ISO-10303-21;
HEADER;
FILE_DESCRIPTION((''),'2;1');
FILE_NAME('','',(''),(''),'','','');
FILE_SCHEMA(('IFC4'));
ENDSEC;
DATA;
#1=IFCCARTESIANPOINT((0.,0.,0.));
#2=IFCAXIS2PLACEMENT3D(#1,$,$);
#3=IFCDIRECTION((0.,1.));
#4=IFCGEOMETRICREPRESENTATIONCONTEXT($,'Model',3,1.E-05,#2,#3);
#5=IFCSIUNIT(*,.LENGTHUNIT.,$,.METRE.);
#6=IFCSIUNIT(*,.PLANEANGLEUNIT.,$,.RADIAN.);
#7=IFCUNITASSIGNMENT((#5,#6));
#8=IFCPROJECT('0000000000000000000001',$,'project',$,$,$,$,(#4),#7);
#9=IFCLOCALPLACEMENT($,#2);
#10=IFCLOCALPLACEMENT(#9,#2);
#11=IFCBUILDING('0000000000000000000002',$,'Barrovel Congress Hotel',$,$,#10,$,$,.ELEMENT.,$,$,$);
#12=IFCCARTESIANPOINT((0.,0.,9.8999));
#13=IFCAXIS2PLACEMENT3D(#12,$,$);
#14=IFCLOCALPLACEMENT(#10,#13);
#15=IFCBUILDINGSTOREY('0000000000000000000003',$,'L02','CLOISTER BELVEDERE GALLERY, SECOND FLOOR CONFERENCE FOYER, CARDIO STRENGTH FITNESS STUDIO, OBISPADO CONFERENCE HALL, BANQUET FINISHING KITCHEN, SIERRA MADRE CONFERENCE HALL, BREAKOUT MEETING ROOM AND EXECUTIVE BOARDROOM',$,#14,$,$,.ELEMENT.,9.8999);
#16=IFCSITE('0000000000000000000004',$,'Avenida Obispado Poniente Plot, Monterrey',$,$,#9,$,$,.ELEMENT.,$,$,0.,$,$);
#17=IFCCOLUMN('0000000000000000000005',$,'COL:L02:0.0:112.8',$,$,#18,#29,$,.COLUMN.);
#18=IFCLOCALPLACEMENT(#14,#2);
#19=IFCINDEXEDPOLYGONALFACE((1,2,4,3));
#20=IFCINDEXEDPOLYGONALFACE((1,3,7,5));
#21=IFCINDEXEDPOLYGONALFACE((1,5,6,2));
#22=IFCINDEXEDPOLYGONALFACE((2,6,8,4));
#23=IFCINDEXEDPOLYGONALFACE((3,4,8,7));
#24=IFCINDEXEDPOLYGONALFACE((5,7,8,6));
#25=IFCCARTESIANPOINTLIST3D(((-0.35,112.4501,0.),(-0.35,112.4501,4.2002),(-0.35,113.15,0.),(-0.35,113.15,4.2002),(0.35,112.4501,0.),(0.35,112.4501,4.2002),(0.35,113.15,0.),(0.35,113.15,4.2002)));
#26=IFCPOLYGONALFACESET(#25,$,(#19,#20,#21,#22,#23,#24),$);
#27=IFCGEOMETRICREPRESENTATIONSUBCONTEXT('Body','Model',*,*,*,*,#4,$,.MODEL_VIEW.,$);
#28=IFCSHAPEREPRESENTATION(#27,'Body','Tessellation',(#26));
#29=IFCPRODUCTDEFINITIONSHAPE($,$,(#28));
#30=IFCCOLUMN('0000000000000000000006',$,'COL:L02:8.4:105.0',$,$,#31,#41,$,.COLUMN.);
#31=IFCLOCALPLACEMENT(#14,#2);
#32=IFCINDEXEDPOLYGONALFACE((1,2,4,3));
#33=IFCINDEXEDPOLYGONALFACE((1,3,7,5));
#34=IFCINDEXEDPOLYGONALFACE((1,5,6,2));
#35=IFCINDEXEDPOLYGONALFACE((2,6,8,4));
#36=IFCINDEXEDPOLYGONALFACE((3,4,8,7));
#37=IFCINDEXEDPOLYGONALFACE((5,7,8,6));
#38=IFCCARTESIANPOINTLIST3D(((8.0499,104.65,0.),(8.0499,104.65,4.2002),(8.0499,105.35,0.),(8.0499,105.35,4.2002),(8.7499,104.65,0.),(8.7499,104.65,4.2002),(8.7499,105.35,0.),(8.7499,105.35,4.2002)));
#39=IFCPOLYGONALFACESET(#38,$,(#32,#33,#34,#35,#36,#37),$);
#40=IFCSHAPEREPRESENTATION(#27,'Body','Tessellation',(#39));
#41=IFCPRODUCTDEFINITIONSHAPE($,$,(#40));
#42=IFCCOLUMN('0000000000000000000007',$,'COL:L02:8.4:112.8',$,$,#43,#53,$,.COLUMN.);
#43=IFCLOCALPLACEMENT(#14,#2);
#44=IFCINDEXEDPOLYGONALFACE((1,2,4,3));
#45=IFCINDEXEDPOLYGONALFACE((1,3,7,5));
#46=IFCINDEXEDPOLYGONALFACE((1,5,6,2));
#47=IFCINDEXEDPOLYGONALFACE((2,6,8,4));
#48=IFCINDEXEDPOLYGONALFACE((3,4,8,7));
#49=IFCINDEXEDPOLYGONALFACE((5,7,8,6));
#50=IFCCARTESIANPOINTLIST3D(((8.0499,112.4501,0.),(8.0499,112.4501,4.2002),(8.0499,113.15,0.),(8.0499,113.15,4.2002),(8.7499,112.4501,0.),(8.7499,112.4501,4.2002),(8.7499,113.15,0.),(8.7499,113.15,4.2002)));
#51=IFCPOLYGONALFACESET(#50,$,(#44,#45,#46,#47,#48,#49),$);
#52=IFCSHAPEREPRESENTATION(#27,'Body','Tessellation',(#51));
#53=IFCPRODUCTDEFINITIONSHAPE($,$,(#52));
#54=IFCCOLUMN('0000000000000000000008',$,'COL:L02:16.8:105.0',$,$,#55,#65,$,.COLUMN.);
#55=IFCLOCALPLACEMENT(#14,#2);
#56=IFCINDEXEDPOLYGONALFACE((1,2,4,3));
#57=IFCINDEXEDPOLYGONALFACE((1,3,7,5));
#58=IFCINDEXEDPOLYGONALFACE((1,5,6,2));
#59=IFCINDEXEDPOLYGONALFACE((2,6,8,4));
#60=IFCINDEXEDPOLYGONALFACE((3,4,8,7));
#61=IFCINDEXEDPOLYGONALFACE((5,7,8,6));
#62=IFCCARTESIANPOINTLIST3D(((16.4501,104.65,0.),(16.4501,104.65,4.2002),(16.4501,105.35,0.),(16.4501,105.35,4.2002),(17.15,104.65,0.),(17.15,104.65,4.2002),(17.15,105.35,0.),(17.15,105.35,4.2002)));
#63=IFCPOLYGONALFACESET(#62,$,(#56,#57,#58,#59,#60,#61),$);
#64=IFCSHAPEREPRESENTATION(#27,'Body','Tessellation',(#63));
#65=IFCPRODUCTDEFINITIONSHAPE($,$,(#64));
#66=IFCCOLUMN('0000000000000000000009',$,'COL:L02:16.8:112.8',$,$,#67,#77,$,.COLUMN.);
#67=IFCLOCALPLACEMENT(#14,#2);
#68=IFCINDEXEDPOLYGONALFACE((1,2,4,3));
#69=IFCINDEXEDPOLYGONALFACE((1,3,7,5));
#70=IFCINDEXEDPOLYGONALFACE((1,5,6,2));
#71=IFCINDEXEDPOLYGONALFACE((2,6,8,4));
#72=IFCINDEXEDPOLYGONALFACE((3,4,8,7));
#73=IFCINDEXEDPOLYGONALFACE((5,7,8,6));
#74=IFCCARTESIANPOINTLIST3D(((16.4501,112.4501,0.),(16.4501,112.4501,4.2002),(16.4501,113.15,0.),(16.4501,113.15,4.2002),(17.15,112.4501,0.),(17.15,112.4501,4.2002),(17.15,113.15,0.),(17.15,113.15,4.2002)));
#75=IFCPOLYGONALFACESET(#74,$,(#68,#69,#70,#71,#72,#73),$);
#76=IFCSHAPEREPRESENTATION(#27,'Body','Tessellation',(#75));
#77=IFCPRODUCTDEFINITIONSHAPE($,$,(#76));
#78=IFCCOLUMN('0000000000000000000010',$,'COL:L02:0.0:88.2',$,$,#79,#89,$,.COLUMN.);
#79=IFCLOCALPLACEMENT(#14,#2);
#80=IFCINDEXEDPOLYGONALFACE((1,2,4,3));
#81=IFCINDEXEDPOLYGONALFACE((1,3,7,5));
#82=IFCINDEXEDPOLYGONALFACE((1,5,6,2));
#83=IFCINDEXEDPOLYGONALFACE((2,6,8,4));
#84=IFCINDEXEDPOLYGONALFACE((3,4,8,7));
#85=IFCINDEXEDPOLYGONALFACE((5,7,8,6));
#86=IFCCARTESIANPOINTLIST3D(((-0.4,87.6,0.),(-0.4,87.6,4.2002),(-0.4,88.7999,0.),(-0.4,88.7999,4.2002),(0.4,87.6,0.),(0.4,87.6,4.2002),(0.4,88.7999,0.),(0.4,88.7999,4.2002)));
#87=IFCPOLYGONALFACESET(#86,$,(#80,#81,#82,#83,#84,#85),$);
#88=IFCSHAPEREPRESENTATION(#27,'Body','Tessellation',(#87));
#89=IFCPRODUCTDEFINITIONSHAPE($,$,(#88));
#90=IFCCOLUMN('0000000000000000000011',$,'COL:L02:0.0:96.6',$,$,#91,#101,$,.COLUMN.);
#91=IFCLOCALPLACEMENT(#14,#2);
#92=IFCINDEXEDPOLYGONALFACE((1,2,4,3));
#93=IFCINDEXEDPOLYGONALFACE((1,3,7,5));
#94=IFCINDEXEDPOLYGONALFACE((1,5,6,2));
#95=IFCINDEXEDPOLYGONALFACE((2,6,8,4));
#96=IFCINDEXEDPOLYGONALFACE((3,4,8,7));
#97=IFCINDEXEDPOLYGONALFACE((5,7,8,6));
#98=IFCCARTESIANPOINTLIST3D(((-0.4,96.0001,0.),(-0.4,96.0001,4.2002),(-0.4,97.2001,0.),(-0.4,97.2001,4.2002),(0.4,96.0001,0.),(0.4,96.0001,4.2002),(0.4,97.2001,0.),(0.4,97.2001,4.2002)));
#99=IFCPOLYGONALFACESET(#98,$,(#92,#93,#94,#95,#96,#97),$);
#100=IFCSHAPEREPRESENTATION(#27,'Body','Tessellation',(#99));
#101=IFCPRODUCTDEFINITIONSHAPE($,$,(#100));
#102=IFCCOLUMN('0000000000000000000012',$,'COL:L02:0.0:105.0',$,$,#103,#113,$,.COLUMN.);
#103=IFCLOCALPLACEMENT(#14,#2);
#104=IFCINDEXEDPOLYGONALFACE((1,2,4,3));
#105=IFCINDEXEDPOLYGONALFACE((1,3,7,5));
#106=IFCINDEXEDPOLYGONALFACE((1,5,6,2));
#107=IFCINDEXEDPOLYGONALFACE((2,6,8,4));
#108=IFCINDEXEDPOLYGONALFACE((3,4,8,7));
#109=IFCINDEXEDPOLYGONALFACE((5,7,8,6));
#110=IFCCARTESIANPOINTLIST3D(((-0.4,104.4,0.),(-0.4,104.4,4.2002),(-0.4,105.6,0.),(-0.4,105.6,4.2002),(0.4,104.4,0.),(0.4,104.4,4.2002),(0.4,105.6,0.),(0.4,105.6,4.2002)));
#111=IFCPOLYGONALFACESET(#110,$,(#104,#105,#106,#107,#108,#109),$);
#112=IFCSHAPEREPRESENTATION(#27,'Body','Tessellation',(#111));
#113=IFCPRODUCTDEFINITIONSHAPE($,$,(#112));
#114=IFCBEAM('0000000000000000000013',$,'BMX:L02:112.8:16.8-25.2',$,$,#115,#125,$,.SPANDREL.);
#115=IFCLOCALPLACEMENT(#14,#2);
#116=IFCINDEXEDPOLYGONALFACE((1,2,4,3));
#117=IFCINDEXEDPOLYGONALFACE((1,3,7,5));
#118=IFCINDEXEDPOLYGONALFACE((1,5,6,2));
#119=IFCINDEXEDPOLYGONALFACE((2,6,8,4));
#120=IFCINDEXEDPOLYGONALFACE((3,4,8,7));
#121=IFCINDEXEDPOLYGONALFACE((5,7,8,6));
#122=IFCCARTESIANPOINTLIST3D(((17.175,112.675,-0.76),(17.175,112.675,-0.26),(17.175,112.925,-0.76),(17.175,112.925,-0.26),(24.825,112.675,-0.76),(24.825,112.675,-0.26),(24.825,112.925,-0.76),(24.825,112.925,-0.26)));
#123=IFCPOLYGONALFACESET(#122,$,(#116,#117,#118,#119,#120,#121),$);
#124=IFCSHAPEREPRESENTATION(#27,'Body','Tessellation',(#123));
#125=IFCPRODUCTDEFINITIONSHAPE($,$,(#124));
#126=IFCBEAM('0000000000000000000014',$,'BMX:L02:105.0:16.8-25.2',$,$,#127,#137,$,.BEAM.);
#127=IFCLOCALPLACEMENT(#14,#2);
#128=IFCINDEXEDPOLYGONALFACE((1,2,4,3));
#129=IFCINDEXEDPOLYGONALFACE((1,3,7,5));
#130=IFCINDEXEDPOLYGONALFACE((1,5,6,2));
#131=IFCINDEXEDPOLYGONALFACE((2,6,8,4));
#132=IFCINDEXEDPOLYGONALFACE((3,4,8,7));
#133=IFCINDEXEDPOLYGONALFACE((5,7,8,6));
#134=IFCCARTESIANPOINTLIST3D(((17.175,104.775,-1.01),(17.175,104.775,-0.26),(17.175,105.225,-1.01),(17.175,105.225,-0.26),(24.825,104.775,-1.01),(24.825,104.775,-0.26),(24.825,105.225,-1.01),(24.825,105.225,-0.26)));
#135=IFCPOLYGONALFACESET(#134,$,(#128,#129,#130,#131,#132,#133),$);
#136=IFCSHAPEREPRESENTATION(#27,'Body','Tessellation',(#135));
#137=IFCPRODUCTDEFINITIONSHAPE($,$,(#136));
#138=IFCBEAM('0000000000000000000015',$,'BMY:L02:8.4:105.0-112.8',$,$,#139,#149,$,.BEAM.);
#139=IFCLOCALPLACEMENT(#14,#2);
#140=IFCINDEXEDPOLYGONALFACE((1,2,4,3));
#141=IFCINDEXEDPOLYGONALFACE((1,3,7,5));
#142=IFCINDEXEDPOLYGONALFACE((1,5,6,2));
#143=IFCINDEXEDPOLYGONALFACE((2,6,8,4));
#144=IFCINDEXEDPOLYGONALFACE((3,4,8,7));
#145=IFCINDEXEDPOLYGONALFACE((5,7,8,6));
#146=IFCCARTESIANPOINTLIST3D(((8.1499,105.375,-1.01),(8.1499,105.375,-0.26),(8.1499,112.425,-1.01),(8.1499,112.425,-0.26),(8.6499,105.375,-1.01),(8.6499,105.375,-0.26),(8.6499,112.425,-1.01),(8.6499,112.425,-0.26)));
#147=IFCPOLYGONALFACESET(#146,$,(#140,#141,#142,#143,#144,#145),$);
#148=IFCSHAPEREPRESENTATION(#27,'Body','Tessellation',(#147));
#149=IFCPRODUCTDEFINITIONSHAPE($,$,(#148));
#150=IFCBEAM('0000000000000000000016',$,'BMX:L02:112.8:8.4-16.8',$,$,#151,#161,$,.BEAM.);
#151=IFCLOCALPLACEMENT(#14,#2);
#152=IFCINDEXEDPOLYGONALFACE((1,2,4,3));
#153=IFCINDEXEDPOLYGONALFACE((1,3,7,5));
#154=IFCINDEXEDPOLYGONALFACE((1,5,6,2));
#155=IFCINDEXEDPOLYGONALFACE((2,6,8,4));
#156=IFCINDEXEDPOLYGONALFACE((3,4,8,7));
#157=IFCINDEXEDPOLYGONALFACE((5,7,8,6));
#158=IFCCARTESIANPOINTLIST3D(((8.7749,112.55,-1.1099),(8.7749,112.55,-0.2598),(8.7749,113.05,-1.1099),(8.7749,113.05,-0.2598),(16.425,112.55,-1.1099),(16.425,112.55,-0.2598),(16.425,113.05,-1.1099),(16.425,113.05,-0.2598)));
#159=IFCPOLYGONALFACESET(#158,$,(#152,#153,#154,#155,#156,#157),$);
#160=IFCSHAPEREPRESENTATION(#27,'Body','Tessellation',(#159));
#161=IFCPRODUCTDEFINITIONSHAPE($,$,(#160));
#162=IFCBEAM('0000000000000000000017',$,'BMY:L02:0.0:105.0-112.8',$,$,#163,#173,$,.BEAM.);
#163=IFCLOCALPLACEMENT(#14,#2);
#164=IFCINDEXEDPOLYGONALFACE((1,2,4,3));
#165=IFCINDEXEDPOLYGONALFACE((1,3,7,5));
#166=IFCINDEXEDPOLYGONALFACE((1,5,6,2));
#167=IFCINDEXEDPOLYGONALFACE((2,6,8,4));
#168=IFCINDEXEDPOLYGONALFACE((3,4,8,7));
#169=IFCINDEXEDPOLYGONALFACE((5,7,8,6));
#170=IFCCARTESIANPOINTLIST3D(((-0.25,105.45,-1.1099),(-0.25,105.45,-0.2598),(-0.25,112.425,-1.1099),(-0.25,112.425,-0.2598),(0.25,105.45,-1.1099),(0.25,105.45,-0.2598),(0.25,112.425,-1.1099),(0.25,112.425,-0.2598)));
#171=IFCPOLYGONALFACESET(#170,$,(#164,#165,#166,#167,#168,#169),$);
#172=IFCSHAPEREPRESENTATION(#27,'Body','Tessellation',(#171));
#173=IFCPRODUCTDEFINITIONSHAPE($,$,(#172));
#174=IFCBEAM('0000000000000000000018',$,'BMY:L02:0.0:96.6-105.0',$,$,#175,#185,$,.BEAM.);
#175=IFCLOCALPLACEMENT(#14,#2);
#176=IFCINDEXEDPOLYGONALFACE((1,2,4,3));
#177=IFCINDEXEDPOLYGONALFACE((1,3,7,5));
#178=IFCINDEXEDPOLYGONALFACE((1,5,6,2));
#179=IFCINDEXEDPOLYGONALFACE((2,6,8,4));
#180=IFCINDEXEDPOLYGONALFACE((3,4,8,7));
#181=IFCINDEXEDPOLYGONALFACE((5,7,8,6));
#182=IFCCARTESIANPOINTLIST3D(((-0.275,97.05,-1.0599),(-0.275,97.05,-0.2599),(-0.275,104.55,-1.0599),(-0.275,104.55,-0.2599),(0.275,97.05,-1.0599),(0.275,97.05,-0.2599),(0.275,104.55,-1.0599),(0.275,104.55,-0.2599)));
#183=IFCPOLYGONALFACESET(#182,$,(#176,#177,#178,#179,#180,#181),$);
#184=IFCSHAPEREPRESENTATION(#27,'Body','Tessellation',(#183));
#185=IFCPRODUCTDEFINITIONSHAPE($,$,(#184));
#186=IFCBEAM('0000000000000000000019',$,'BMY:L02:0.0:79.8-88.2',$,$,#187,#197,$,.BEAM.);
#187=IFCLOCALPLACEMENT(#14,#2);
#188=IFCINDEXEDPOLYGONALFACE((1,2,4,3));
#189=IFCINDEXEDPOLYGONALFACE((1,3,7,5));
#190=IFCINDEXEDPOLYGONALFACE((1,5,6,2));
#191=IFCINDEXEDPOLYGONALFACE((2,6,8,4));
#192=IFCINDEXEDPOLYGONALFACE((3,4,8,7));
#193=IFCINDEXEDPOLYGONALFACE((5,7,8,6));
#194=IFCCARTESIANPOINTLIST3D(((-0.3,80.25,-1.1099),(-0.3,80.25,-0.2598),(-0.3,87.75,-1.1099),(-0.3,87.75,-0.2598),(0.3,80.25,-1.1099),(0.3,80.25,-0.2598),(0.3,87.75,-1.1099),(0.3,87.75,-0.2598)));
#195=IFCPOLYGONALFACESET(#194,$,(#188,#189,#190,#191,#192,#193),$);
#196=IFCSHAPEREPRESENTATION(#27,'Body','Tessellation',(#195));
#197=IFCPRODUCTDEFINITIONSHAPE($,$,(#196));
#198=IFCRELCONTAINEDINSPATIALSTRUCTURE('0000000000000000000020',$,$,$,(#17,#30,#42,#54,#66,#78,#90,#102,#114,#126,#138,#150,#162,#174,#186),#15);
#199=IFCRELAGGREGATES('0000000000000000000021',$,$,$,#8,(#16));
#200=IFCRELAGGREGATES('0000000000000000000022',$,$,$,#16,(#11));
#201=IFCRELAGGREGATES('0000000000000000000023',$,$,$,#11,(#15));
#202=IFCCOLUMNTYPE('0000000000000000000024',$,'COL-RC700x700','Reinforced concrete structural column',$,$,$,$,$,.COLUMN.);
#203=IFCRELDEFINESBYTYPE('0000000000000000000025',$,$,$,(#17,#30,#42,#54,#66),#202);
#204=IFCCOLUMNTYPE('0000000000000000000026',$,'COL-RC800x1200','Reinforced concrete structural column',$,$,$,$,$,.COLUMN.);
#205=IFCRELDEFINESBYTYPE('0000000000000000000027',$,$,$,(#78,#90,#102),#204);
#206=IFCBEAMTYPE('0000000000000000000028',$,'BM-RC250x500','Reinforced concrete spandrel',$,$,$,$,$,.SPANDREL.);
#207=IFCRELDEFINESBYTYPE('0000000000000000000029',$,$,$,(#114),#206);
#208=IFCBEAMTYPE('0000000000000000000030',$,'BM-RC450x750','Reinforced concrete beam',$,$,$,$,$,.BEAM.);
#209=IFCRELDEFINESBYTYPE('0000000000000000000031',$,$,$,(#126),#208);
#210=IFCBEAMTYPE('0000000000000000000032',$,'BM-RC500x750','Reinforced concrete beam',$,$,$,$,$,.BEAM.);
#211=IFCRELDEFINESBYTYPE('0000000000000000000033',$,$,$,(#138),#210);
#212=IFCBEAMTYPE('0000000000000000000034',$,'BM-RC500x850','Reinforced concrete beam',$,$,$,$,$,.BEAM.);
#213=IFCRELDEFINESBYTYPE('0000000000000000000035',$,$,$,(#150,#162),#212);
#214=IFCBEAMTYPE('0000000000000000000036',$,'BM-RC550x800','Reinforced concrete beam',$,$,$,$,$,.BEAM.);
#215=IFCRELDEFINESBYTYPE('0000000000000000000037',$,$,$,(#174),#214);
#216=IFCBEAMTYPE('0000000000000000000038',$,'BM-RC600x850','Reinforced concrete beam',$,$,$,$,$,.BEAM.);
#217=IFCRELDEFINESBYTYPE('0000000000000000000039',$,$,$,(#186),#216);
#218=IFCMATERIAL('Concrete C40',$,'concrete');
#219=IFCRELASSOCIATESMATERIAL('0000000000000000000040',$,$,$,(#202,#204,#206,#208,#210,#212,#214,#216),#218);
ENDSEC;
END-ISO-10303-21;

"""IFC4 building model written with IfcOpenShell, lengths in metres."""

from ifc_helpers import new_model, si_unit, direction, frame, origin, origin_2d, place, context, subcontext, project, spatial, rectangle, extrude, material, material_profile, profile_set, type_object, element, save


model = new_model("IFC4")

# Units and contexts
model_context = context("Model", 3, precision=1e-05, world=origin(), true_north=direction((0.0, 1.0)))
body_context = subcontext(model_context, "Body", "Model", "MODEL_VIEW")
ifc_project = project(units=[si_unit("LENGTHUNIT", "METRE"), si_unit("PLANEANGLEUNIT", "RADIAN")], contexts=[model_context])

# Site, building, storey
site_placement = place(None, origin())
site = spatial("IfcSite", under=ifc_project, at=site_placement, Name="Avenida Obispado Poniente Plot, Monterrey", CompositionType="ELEMENT", RefElevation=0.0)
building_placement = place(site_placement, origin())
building = spatial("IfcBuilding", under=site, at=building_placement, Name="Barrovel Congress Hotel", CompositionType="ELEMENT")
storey_placement = place(building_placement, frame((0.0, 0.0, 9.8999)))
storey = spatial("IfcBuildingStorey", under=building, at=storey_placement, Name="L02", Description="CLOISTER BELVEDERE GALLERY, SECOND FLOOR CONFERENCE FOYER, CARDIO STRENGTH FITNESS STUDIO, OBISPADO CONFERENCE HALL, BANQUET FINISHING KITCHEN, SIERRA MADRE CONFERENCE HALL, BREAKOUT MEETING ROOM AND EXECUTIVE BOARDROOM", CompositionType="ELEMENT", Elevation=9.8999)

# Columns
ifc_material_1 = material(Name="Concrete C40", Category="concrete")
ifc_material_profile_1 = material_profile(ifc_material_1, rectangle(XDim=0.7, YDim=0.7, at=origin_2d()), Name="RC700x700")
ifc_profile_set_1 = profile_set([ifc_material_profile_1], Name="Concrete C40")
column_type_1 = type_object("IfcColumnType", Name="COL-RC700x700", Description="Reinforced concrete structural column", PredefinedType="COLUMN", material=ifc_profile_set_1)
for number, where, z_axis, x_axis, name in (
    (1, (0.0, 112.8, 0.0), (0.0, 0.0, 1.0), (1.0, 0.0, 0.0), "COL:L02:0.0:112.8"),
    (2, (8.3999, 105.0, 0.0), (0.0, 0.0, 1.0), (1.0, 0.0, 0.0), "COL:L02:8.4:105.0"),
    (3, (8.3999, 112.8, 0.0), (0.0, 0.0, 1.0), (1.0, 0.0, 0.0), "COL:L02:8.4:112.8"),
    (4, (16.8, 105.0, 0.0), (0.0, 0.0, 1.0), (1.0, 0.0, 0.0), "COL:L02:16.8:105.0"),
    (5, (16.8, 112.8, 0.0), (0.0, 0.0, 1.0), (1.0, 0.0, 0.0), "COL:L02:16.8:112.8"),
):
    element("IfcColumn", number, at=place(storey_placement, frame(where, z_axis=z_axis, x_axis=x_axis)), inside=storey, type_object=column_type_1, Name=name, PredefinedType="COLUMN", context=body_context, shape_type="SweptSolid", body=[
        extrude(rectangle(XDim=0.7, YDim=0.7, at=origin_2d()), origin(), (0.0, 0.0, 1.0), 4.2002),
    ])
ifc_material_profile_2 = material_profile(ifc_material_1, rectangle(XDim=0.8, YDim=1.2, at=origin_2d()), Name="RC800x1200")
ifc_profile_set_2 = profile_set([ifc_material_profile_2], Name="Concrete C40")
column_type_2 = type_object("IfcColumnType", Name="COL-RC800x1200", Description="Reinforced concrete structural column", PredefinedType="COLUMN", material=ifc_profile_set_2)
for number, where, z_axis, x_axis, name in (
    (6, (0.0, 88.2, 0.0), (0.0, 0.0, 1.0), (1.0, 0.0, 0.0), "COL:L02:0.0:88.2"),
    (7, (0.0, 96.6001, 0.0), (0.0, 0.0, 1.0), (1.0, 0.0, 0.0), "COL:L02:0.0:96.6"),
    (8, (0.0, 105.0, 0.0), (0.0, 0.0, 1.0), (1.0, 0.0, 0.0), "COL:L02:0.0:105.0"),
):
    element("IfcColumn", number, at=place(storey_placement, frame(where, z_axis=z_axis, x_axis=x_axis)), inside=storey, type_object=column_type_2, Name=name, PredefinedType="COLUMN", context=body_context, shape_type="SweptSolid", body=[
        extrude(rectangle(XDim=0.8, YDim=1.2, at=origin_2d()), origin(), (0.0, 0.0, 1.0), 4.2002),
    ])

# Beams
ifc_material_profile_3 = material_profile(ifc_material_1, rectangle(XDim=0.25, YDim=0.5, at=origin_2d()), Name="RC250x500")
ifc_profile_set_3 = profile_set([ifc_material_profile_3], Name="Concrete C40")
beam_type_1 = type_object("IfcBeamType", Name="BM-RC250x500", Description="Reinforced concrete spandrel", PredefinedType="SPANDREL", material=ifc_profile_set_3)
beam_1_placement = place(storey_placement, frame((17.175, 112.8, -0.51), z_axis=(1.0, 0.0, 0.0), x_axis=(0.0, 1.0, 0.0)))
element("IfcBeam", 9, at=beam_1_placement, inside=storey, type_object=beam_type_1, Name="BMX:L02:112.8:16.8-25.2", PredefinedType="SPANDREL", context=body_context, shape_type="SweptSolid", body=[
    extrude(rectangle(XDim=0.25, YDim=0.5, at=origin_2d()), origin(), (0.0, 0.0, 1.0), 7.6499),
])
ifc_material_profile_4 = material_profile(ifc_material_1, rectangle(XDim=0.45, YDim=0.75, at=origin_2d()), Name="RC450x750")
ifc_profile_set_4 = profile_set([ifc_material_profile_4], Name="Concrete C40")
beam_type_2 = type_object("IfcBeamType", Name="BM-RC450x750", Description="Reinforced concrete beam", PredefinedType="BEAM", material=ifc_profile_set_4)
beam_2_placement = place(storey_placement, frame((17.175, 105.0, -0.635), z_axis=(1.0, 0.0, 0.0), x_axis=(0.0, 1.0, 0.0)))
element("IfcBeam", 10, at=beam_2_placement, inside=storey, type_object=beam_type_2, Name="BMX:L02:105.0:16.8-25.2", PredefinedType="BEAM", context=body_context, shape_type="SweptSolid", body=[
    extrude(rectangle(XDim=0.45, YDim=0.75, at=origin_2d()), origin(), (0.0, 0.0, 1.0), 7.6499),
])
ifc_material_profile_5 = material_profile(ifc_material_1, rectangle(XDim=0.5, YDim=0.75, at=origin_2d()), Name="RC500x750")
ifc_profile_set_5 = profile_set([ifc_material_profile_5], Name="Concrete C40")
beam_type_3 = type_object("IfcBeamType", Name="BM-RC500x750", Description="Reinforced concrete beam", PredefinedType="BEAM", material=ifc_profile_set_5)
beam_3_placement = place(storey_placement, frame((8.3999, 105.375, -0.635), z_axis=(0.0, 1.0, 0.0), x_axis=(-1.0, 0.0, 0.0)))
element("IfcBeam", 11, at=beam_3_placement, inside=storey, type_object=beam_type_3, Name="BMY:L02:8.4:105.0-112.8", PredefinedType="BEAM", context=body_context, shape_type="SweptSolid", body=[
    extrude(rectangle(XDim=0.5, YDim=0.75, at=origin_2d()), origin(), (0.0, 0.0, 1.0), 7.05),
])
ifc_material_profile_6 = material_profile(ifc_material_1, rectangle(XDim=0.5, YDim=0.8501, at=origin_2d()), Name="RC500x850")
ifc_profile_set_6 = profile_set([ifc_material_profile_6], Name="Concrete C40")
beam_type_4 = type_object("IfcBeamType", Name="BM-RC500x850", Description="Reinforced concrete beam", PredefinedType="BEAM", material=ifc_profile_set_6)
beam_4_placement = place(storey_placement, frame((8.7749, 112.8, -0.6848), z_axis=(1.0, 0.0, 0.0), x_axis=(0.0, 1.0, 0.0)))
element("IfcBeam", 12, at=beam_4_placement, inside=storey, type_object=beam_type_4, Name="BMX:L02:112.8:8.4-16.8", PredefinedType="BEAM", context=body_context, shape_type="SweptSolid", body=[
    extrude(rectangle(XDim=0.5, YDim=0.8501, at=origin_2d()), origin(), (0.0, 0.0, 1.0), 7.6501),
])
beam_5_placement = place(storey_placement, frame((0.0, 105.45, -0.6848), z_axis=(0.0, 1.0, 0.0), x_axis=(-1.0, 0.0, 0.0)))
element("IfcBeam", 13, at=beam_5_placement, inside=storey, type_object=beam_type_4, Name="BMY:L02:0.0:105.0-112.8", PredefinedType="BEAM", context=body_context, shape_type="SweptSolid", body=[
    extrude(rectangle(XDim=0.5, YDim=0.8501, at=origin_2d()), origin(), (0.0, 0.0, 1.0), 6.9751),
])
ifc_material_profile_7 = material_profile(ifc_material_1, rectangle(XDim=0.55, YDim=0.8, at=origin_2d()), Name="RC550x800")
ifc_profile_set_7 = profile_set([ifc_material_profile_7], Name="Concrete C40")
beam_type_5 = type_object("IfcBeamType", Name="BM-RC550x800", Description="Reinforced concrete beam", PredefinedType="BEAM", material=ifc_profile_set_7)
beam_6_placement = place(storey_placement, frame((0.0, 97.05, -0.6599), z_axis=(0.0, 1.0, 0.0), x_axis=(-1.0, 0.0, 0.0)))
element("IfcBeam", 14, at=beam_6_placement, inside=storey, type_object=beam_type_5, Name="BMY:L02:0.0:96.6-105.0", PredefinedType="BEAM", context=body_context, shape_type="SweptSolid", body=[
    extrude(rectangle(XDim=0.55, YDim=0.8, at=origin_2d()), origin(), (0.0, 0.0, 1.0), 7.5),
])
ifc_material_profile_8 = material_profile(ifc_material_1, rectangle(XDim=0.6001, YDim=0.8501, at=origin_2d()), Name="RC600x850")
ifc_profile_set_8 = profile_set([ifc_material_profile_8], Name="Concrete C40")
beam_type_6 = type_object("IfcBeamType", Name="BM-RC600x850", Description="Reinforced concrete beam", PredefinedType="BEAM", material=ifc_profile_set_8)
beam_7_placement = place(storey_placement, frame((0.0, 80.25, -0.6848), z_axis=(0.0, 1.0, 0.0), x_axis=(-1.0, 0.0, 0.0)))
element("IfcBeam", 15, at=beam_7_placement, inside=storey, type_object=beam_type_6, Name="BMY:L02:0.0:79.8-88.2", PredefinedType="BEAM", context=body_context, shape_type="SweptSolid", body=[
    extrude(rectangle(XDim=0.6001, YDim=0.8501, at=origin_2d()), origin(), (0.0, 0.0, 1.0), 7.5),
])

save(model, "model.ifc")
